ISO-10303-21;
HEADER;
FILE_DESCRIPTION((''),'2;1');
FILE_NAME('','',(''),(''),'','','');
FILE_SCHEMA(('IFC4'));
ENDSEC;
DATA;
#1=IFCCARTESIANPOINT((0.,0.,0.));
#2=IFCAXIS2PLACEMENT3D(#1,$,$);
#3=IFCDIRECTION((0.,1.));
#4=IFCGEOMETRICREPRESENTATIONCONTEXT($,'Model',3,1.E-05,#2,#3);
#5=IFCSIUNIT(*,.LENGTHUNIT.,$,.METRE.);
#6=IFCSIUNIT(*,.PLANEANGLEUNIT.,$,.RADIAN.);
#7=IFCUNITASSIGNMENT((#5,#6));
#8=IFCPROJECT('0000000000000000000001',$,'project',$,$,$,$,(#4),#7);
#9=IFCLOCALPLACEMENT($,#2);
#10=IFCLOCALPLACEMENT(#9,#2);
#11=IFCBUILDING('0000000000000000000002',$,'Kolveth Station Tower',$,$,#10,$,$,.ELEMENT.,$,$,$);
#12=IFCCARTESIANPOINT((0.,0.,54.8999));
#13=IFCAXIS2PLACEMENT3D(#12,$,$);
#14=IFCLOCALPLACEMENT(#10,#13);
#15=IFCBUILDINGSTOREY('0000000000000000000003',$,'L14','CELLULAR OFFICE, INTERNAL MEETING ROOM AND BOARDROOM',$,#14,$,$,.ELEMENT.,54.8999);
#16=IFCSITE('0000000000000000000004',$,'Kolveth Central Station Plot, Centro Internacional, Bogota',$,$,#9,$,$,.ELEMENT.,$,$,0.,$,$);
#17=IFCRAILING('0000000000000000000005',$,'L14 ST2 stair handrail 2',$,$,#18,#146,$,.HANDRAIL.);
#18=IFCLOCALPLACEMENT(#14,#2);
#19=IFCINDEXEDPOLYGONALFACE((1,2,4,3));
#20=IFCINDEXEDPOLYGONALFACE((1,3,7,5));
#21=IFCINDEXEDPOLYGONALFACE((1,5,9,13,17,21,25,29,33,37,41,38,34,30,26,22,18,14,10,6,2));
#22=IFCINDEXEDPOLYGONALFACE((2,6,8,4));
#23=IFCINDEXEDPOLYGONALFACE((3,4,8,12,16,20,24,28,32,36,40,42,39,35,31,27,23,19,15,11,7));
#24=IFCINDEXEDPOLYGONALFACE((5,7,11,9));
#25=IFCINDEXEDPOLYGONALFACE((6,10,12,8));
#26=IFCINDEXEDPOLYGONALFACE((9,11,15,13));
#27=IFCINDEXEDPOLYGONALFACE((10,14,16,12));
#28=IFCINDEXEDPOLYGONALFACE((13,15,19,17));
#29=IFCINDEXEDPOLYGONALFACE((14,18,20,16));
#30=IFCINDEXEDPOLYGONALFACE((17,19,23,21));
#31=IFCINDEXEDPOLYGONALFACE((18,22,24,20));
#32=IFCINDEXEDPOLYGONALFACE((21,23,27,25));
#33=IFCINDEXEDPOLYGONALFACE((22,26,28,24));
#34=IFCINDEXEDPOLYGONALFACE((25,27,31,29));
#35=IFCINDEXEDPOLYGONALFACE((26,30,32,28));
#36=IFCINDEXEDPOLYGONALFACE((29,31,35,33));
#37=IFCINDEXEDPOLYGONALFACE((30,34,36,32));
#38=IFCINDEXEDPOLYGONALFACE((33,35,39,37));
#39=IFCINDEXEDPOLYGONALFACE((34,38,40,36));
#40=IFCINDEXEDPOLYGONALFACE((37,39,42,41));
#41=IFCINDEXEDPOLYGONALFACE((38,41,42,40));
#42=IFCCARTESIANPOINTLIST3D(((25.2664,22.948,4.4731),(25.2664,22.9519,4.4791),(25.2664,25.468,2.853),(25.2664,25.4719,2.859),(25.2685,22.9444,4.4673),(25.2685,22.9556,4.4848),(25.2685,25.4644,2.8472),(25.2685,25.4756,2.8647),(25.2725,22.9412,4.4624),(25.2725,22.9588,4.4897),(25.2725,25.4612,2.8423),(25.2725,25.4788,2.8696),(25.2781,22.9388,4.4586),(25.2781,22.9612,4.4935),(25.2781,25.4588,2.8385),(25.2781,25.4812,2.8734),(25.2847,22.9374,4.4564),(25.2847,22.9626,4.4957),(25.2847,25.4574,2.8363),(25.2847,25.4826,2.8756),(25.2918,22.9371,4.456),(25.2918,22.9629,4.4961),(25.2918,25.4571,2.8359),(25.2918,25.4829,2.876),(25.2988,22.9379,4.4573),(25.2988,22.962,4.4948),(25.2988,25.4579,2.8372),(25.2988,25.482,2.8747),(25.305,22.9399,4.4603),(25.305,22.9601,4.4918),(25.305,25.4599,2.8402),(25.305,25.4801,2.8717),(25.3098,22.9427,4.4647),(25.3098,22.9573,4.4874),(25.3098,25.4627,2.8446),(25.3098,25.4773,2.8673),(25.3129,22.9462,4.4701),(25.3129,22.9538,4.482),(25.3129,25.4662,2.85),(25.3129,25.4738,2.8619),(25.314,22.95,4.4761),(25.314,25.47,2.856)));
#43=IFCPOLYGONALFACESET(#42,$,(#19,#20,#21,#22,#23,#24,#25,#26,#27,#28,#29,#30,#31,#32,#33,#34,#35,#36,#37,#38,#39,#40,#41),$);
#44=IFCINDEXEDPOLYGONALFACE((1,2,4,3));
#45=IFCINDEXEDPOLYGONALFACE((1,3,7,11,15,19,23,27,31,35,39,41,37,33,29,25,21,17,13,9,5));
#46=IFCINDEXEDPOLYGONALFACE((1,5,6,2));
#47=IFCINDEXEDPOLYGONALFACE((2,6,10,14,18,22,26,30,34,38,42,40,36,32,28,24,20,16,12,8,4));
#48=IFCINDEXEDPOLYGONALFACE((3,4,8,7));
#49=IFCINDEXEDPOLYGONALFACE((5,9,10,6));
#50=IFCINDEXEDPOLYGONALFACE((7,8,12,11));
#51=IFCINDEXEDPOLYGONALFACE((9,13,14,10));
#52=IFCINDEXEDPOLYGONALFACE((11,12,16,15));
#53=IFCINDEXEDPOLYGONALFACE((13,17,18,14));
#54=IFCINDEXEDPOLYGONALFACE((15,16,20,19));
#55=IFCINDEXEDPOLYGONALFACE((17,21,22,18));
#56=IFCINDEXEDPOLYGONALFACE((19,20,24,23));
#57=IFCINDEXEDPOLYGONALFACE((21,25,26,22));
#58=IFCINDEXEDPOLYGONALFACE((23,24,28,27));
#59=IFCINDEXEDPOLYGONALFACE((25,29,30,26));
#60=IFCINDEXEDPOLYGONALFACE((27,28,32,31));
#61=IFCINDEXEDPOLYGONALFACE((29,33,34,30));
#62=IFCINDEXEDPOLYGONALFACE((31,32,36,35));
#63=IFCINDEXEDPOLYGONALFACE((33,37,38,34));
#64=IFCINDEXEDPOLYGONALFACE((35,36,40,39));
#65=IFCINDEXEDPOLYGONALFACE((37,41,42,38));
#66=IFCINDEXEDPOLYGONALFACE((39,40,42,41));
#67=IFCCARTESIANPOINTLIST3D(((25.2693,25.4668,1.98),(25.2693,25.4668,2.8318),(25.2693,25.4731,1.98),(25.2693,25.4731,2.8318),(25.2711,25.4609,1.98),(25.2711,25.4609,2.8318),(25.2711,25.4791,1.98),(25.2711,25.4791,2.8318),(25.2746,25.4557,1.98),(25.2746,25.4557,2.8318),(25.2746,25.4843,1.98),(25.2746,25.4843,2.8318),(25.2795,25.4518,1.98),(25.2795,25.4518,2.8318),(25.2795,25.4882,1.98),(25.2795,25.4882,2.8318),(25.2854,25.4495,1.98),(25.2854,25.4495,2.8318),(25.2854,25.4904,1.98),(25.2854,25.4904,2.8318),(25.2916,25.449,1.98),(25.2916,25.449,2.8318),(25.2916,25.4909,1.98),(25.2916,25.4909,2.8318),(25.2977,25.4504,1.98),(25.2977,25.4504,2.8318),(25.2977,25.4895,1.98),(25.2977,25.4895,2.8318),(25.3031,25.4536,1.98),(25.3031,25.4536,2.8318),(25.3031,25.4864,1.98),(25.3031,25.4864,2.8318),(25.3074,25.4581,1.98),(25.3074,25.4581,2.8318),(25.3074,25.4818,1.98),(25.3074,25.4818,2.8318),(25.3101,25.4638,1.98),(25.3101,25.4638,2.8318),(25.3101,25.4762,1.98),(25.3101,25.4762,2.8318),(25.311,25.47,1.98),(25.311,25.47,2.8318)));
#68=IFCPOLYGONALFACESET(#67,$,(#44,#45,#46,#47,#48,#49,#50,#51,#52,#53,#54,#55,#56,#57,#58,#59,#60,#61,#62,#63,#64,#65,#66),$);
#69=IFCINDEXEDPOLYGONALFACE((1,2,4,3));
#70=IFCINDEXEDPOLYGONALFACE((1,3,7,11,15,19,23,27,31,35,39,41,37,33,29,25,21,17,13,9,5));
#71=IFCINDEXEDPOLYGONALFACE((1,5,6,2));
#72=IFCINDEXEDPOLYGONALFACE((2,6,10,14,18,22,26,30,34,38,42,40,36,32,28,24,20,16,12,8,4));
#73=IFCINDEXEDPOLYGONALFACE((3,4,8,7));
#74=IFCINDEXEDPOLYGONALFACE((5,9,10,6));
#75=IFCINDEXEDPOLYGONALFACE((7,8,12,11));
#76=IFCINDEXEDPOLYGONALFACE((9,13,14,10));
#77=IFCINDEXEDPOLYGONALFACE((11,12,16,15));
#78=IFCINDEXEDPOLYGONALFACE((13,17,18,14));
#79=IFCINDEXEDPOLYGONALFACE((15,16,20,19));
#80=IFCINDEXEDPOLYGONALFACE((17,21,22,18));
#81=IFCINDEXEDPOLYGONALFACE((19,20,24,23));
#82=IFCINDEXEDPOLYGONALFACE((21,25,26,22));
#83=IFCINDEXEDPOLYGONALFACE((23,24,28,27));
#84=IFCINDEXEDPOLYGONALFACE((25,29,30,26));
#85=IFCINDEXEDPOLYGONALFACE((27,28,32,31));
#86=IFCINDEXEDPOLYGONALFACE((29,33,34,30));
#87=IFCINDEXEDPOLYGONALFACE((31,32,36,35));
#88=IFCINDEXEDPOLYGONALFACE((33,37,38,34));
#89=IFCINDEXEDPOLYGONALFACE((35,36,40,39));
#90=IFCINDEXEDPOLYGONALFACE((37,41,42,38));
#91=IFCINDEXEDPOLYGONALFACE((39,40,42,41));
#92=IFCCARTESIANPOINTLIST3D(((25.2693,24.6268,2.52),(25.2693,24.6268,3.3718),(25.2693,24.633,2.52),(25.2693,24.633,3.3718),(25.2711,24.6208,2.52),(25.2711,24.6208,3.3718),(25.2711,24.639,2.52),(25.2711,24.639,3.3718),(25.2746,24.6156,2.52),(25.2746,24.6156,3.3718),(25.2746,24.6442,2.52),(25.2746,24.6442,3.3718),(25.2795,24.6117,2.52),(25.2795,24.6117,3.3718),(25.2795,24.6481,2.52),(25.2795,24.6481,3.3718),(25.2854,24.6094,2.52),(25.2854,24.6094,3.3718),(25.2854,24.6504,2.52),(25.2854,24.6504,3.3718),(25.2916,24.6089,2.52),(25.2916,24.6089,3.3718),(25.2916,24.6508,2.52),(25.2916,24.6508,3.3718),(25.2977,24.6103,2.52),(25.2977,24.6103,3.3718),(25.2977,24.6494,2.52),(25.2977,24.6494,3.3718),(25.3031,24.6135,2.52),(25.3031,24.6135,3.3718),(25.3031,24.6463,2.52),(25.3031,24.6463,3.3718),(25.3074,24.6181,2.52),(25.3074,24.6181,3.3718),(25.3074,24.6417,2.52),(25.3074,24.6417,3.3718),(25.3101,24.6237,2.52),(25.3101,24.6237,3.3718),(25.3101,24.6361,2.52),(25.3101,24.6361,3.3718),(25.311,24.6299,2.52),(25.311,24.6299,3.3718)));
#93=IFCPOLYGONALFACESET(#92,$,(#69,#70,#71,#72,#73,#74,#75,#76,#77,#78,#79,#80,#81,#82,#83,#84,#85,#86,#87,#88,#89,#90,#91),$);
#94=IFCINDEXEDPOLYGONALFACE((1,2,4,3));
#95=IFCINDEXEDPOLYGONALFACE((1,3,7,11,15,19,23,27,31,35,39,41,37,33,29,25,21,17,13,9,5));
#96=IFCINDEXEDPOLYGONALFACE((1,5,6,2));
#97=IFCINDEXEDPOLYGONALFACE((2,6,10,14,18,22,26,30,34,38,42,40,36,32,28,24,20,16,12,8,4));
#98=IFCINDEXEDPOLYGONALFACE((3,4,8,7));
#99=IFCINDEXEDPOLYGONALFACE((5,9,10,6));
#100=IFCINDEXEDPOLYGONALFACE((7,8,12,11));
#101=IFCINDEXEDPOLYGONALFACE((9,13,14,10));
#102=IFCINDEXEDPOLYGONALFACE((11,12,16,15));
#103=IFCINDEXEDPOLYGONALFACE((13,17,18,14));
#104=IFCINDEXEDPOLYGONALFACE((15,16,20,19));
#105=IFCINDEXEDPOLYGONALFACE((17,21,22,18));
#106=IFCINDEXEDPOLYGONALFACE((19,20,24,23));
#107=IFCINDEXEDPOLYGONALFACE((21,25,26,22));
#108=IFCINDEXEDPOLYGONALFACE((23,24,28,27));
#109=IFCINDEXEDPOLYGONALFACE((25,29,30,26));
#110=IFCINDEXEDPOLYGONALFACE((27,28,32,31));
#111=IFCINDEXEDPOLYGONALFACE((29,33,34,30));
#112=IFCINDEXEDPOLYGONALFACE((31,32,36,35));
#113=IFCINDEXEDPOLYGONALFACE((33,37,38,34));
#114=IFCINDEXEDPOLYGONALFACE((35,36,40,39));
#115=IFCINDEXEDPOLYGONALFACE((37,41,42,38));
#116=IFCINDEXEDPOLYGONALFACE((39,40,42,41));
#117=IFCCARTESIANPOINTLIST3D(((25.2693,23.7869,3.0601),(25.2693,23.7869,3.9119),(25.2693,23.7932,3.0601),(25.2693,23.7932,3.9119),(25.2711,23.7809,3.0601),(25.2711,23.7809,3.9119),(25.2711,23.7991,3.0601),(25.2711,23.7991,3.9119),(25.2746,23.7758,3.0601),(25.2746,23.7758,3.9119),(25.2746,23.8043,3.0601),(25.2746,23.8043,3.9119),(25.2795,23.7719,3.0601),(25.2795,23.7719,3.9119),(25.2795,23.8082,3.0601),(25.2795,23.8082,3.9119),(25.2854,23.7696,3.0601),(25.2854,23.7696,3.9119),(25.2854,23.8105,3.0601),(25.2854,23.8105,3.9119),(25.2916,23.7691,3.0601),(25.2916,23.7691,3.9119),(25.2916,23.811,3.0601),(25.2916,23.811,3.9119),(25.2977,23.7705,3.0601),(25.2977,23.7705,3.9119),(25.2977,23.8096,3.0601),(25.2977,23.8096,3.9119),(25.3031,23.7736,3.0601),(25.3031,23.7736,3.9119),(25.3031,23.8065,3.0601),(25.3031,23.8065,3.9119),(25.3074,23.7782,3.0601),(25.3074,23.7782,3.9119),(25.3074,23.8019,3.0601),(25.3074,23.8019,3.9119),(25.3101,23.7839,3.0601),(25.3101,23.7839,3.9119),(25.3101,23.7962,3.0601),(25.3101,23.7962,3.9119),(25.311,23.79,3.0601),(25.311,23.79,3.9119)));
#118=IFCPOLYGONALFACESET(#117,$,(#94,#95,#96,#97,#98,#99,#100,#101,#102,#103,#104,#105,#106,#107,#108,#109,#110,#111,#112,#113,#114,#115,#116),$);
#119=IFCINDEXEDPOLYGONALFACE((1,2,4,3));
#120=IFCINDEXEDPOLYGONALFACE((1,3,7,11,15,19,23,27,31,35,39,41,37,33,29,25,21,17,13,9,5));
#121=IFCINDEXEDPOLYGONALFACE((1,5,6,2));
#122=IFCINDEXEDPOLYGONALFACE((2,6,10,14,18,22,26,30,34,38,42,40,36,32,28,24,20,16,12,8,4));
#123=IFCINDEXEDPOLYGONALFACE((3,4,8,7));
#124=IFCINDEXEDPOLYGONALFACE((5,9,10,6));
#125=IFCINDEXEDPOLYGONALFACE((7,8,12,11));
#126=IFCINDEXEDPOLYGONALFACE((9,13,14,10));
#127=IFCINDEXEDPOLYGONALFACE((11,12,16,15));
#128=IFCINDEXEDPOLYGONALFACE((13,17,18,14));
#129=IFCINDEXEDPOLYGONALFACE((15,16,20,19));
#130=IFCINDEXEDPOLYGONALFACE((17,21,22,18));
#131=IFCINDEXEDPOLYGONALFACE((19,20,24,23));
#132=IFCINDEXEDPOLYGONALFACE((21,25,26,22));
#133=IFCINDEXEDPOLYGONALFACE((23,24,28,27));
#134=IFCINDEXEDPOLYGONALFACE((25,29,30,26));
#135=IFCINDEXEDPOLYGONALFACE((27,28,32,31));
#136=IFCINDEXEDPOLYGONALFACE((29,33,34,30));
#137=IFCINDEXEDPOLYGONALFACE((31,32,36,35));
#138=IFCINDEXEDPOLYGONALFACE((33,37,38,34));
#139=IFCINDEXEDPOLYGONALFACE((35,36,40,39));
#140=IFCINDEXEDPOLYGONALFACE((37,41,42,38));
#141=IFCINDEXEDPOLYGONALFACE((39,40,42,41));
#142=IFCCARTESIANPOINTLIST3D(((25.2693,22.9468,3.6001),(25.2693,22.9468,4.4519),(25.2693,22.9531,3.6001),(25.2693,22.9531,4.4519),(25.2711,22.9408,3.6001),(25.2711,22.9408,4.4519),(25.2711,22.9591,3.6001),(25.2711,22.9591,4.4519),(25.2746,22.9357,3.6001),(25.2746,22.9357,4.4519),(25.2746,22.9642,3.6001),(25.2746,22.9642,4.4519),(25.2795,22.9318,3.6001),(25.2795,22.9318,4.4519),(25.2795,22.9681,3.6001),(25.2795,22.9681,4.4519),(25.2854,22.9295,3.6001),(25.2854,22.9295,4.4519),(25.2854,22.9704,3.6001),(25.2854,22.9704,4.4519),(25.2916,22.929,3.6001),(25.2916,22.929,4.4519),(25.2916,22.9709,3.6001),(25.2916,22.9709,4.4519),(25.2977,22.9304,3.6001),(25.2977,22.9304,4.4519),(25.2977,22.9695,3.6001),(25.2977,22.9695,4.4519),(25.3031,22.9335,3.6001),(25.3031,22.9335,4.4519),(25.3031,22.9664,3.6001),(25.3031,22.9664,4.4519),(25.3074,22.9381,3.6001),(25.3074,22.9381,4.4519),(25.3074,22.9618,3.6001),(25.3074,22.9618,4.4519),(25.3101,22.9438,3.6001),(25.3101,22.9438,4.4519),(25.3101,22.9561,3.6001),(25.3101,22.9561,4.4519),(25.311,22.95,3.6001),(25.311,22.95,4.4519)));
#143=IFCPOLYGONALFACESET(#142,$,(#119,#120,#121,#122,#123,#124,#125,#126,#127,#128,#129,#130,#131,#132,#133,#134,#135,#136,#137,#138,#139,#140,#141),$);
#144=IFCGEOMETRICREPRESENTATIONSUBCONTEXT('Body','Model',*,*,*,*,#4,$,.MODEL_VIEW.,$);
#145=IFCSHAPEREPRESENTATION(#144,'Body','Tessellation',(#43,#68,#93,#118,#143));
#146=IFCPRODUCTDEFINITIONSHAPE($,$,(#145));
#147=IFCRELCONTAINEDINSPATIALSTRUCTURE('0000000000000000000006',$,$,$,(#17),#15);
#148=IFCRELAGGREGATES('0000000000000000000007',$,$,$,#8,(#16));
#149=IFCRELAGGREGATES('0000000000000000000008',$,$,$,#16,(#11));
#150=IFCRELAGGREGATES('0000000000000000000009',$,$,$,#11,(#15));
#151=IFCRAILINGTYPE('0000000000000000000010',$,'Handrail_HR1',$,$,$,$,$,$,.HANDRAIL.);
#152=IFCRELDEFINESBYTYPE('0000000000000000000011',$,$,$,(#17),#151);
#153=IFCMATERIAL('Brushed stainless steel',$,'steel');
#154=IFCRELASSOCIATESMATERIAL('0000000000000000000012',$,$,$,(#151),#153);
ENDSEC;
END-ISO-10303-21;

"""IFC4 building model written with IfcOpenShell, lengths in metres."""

from ifc_helpers import new_model, si_unit, direction, frame, origin, origin_2d, place, context, subcontext, project, spatial, circle, extrude, material, type_object, element, save


model = new_model("IFC4")

# Units and contexts
model_context = context("Model", 3, precision=1e-05, world=origin(), true_north=direction((0.0, 1.0)))
body_context = subcontext(model_context, "Body", "Model", "MODEL_VIEW")
ifc_project = project(units=[si_unit("LENGTHUNIT", "METRE"), si_unit("PLANEANGLEUNIT", "RADIAN")], contexts=[model_context])

# Site, building, storey
site_placement = place(None, origin())
site = spatial("IfcSite", under=ifc_project, at=site_placement, Name="Kolveth Central Station Plot, Centro Internacional, Bogota", CompositionType="ELEMENT", RefElevation=0.0)
building_placement = place(site_placement, origin())
building = spatial("IfcBuilding", under=site, at=building_placement, Name="Kolveth Station Tower", CompositionType="ELEMENT")
storey_placement = place(building_placement, frame((0.0, 0.0, 54.8999)))
storey = spatial("IfcBuildingStorey", under=building, at=storey_placement, Name="L14", Description="CELLULAR OFFICE, INTERNAL MEETING ROOM AND BOARDROOM", CompositionType="ELEMENT", Elevation=54.8999)

# Railing
ifc_material_1 = material(Name="Brushed stainless steel", Category="steel")
railing_type_1 = type_object("IfcRailingType", Name="Handrail_HR1", PredefinedType="HANDRAIL", material=ifc_material_1)
railing_1_placement = place(storey_placement, frame((25.29, 25.47, 1.98)))
element("IfcRailing", 1, at=railing_1_placement, inside=storey, type_object=railing_type_1, Name="L14 ST2 stair handrail 2", PredefinedType="HANDRAIL", context=body_context, shape_type="SweptSolid", body=[
    extrude(circle(Radius=0.0239, at=origin_2d()), frame((0.0, 0.0, 0.876), z_axis=(0.0, -0.841163, 0.540782), x_axis=(1.0, 0.0, 0.0)), (0.0, 0.0, 1.0), 2.9958),
    extrude(circle(Radius=0.021, at=origin_2d()), origin(), (0.0, 0.0, 1.0), 0.8518),
    extrude(circle(Radius=0.021, at=origin_2d()), frame((0.0, -0.8401, 0.54)), (0.0, 0.0, 1.0), 0.8518),
    extrude(circle(Radius=0.021, at=origin_2d()), frame((0.0, -1.6799, 1.0801)), (0.0, 0.0, 1.0), 0.8518),
    extrude(circle(Radius=0.021, at=origin_2d()), frame((0.0, -2.52, 1.6201)), (0.0, 0.0, 1.0), 0.8518),
])

save(model, "model.ifc")
